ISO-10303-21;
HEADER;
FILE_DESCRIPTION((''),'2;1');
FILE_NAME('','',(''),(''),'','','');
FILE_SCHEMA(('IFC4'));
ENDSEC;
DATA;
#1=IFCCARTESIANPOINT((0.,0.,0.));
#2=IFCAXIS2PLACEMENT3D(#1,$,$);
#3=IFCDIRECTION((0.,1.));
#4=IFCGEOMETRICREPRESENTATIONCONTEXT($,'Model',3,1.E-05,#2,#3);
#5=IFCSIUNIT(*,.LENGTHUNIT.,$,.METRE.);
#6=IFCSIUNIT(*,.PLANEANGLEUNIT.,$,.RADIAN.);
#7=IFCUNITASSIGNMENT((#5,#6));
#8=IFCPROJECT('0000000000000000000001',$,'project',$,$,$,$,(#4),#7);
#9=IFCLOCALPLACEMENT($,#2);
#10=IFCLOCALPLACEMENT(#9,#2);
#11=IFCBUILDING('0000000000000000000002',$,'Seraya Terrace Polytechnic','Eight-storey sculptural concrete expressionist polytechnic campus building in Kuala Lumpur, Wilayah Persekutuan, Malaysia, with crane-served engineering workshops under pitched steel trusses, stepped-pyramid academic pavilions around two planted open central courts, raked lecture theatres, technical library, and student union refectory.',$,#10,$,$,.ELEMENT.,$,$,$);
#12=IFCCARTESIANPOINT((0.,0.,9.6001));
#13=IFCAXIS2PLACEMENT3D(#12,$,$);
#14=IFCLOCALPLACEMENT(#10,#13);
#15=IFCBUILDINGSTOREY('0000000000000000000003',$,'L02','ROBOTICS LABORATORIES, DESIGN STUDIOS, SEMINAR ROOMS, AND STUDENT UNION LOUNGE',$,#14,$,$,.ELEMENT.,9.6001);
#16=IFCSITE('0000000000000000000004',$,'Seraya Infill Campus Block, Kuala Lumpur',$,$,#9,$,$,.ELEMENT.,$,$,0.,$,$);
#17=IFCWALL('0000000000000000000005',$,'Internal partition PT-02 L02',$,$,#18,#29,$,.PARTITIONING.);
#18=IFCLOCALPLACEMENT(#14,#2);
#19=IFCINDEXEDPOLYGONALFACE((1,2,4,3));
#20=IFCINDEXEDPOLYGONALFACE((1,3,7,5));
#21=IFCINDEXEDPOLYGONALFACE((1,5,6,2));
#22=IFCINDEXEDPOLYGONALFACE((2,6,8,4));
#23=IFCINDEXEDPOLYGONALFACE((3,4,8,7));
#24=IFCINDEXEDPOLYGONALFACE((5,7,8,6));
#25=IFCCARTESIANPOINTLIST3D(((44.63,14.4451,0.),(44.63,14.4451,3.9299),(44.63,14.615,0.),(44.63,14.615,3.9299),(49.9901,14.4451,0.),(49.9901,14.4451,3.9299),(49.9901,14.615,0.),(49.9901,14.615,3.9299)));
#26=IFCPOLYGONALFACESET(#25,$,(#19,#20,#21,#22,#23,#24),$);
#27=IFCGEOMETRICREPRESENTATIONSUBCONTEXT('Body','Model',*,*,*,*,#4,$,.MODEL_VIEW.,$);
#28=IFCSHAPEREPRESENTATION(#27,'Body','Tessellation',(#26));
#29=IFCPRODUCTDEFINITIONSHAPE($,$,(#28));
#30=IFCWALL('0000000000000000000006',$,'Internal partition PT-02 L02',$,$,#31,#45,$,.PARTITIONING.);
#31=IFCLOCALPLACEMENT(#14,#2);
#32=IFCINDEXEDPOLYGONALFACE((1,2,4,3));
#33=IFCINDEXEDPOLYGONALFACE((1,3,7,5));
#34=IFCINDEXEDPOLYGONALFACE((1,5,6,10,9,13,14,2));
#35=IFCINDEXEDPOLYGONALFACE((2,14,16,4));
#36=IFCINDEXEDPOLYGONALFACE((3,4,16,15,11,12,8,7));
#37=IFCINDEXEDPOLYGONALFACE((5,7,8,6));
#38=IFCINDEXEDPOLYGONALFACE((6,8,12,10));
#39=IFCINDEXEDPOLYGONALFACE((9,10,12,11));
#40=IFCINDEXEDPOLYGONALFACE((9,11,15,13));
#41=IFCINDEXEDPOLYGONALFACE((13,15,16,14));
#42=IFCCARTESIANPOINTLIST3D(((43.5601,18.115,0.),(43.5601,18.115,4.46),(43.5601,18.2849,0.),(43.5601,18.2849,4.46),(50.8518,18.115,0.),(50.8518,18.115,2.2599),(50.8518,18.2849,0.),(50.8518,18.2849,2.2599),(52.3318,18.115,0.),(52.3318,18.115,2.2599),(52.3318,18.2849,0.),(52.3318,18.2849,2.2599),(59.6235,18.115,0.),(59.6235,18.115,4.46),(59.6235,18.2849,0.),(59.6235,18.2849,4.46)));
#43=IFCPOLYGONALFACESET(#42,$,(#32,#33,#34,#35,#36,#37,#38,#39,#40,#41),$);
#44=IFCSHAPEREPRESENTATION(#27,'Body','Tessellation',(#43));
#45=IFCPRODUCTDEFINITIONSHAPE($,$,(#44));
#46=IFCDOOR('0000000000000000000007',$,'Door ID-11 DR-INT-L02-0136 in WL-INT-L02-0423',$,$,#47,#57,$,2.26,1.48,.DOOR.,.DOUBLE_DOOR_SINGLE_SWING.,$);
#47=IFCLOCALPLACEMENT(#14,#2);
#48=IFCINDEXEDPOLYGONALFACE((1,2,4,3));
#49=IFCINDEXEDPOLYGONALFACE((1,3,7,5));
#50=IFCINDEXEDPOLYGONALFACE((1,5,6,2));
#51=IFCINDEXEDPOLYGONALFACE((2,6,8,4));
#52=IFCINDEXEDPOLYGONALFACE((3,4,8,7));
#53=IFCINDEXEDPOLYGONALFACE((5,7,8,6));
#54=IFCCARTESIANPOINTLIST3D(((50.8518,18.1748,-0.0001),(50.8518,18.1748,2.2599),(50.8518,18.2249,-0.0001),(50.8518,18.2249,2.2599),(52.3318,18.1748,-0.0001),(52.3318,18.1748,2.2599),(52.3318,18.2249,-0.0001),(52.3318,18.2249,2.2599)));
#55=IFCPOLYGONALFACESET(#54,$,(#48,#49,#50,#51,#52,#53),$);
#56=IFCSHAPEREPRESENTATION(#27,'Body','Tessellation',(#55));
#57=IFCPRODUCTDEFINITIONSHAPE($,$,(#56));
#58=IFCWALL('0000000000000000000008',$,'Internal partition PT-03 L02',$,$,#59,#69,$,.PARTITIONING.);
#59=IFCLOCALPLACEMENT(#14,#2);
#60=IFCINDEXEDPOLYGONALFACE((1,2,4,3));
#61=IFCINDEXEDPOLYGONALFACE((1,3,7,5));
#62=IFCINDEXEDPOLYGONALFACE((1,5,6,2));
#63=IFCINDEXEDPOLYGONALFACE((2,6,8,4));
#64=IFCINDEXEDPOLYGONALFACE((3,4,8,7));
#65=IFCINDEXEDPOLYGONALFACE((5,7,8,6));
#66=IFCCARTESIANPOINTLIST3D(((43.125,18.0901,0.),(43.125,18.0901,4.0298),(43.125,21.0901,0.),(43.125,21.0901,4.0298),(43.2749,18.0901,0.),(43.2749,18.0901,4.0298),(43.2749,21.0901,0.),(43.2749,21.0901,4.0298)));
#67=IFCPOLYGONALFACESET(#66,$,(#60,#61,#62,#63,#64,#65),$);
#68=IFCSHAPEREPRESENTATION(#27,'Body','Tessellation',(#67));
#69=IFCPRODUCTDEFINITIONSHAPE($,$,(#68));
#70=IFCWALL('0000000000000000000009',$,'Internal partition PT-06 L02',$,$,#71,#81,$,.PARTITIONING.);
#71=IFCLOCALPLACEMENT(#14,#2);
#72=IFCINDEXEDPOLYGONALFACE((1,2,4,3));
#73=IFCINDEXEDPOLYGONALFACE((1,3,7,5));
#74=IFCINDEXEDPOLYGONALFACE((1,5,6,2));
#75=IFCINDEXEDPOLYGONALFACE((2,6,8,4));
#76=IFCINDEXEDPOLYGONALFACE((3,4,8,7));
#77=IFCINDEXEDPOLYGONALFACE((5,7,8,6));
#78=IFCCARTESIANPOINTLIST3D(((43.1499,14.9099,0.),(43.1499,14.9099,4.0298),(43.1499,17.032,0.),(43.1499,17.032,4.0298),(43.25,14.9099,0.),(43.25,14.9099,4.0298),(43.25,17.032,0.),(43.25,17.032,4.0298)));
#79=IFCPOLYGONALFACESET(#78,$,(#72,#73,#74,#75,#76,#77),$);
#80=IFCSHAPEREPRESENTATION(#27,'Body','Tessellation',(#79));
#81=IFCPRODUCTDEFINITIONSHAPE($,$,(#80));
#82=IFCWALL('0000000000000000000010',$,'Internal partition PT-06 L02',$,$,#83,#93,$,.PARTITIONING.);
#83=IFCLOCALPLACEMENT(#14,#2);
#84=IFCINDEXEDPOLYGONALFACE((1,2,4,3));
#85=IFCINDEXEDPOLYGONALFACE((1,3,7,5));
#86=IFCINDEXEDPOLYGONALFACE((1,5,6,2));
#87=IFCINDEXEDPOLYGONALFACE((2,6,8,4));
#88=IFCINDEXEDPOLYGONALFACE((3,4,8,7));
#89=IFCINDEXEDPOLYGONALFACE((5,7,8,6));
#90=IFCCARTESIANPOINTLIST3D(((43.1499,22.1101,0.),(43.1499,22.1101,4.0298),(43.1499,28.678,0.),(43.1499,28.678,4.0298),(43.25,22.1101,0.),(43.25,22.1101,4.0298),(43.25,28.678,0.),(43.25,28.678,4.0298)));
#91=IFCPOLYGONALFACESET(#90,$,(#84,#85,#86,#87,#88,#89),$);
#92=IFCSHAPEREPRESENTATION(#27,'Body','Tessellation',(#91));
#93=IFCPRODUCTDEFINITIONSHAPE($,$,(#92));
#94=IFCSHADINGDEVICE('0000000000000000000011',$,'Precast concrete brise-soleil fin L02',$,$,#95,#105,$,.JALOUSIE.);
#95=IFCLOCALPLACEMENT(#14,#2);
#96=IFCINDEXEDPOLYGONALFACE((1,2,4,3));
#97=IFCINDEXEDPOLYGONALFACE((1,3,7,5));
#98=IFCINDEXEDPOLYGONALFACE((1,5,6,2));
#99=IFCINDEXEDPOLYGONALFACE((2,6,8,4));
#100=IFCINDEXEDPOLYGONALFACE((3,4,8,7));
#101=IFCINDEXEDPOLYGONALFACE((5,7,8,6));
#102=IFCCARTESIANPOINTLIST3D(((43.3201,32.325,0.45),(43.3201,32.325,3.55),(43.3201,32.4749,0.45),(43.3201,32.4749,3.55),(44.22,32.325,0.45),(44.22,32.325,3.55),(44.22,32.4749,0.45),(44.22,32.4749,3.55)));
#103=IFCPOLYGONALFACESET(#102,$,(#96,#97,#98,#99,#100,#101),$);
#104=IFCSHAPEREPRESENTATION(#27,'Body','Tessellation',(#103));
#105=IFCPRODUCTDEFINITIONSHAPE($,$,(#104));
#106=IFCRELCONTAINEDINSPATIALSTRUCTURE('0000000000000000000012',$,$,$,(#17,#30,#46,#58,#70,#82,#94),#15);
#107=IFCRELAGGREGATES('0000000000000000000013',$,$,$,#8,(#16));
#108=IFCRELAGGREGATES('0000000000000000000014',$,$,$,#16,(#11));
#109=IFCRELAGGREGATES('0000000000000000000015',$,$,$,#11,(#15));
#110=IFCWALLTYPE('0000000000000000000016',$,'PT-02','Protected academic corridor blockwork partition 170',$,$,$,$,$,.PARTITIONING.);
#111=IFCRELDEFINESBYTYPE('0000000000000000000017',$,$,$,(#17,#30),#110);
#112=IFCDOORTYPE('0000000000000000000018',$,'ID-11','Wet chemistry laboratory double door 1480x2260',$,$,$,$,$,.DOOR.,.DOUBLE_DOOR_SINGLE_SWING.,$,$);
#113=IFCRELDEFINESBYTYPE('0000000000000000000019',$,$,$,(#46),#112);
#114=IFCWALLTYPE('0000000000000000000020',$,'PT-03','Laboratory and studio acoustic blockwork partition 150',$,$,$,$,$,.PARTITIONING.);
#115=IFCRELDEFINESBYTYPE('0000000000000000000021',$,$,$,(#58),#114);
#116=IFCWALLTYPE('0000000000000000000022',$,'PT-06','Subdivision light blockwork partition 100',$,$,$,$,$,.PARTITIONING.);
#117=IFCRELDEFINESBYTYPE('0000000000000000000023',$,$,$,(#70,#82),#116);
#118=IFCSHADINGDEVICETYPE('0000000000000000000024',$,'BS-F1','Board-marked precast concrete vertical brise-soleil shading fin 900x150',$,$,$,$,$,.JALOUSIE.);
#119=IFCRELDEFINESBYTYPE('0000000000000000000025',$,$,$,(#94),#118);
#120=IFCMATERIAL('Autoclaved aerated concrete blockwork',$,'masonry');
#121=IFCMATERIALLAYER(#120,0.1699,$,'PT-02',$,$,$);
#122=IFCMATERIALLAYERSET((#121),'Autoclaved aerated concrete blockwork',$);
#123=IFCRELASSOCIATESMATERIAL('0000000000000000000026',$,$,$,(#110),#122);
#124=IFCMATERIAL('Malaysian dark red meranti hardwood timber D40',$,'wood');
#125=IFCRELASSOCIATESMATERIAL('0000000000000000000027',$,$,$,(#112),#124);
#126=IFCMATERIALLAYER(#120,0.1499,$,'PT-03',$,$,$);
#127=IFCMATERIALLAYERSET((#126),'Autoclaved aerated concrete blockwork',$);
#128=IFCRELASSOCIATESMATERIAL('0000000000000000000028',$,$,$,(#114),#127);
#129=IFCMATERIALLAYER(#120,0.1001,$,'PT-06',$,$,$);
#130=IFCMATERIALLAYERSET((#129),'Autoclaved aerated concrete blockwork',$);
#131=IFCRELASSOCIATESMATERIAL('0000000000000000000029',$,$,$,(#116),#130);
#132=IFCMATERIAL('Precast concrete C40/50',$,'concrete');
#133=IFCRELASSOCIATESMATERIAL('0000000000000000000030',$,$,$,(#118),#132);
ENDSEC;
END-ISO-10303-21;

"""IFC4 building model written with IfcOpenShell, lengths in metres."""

from ifc_helpers import new_model, si_unit, direction, frame, frame_2d, origin, origin_2d, place, context, subcontext, project, spatial, rectangle, extrude, material, layer, layer_set, type_object, element, fill, save


model = new_model("IFC4")

# Units and contexts
model_context = context("Model", 3, precision=1e-05, world=origin(), true_north=direction((0.0, 1.0)))
body_context = subcontext(model_context, "Body", "Model", "MODEL_VIEW")
ifc_project = project(units=[si_unit("LENGTHUNIT", "METRE"), si_unit("PLANEANGLEUNIT", "RADIAN")], contexts=[model_context])

# Site, building, storey
site_placement = place(None, origin())
site = spatial("IfcSite", under=ifc_project, at=site_placement, Name="Seraya Infill Campus Block, Kuala Lumpur", CompositionType="ELEMENT", RefElevation=0.0)
building_placement = place(site_placement, origin())
building = spatial("IfcBuilding", under=site, at=building_placement, Name="Seraya Terrace Polytechnic", Description="Eight-storey sculptural concrete expressionist polytechnic campus building in Kuala Lumpur, Wilayah Persekutuan, Malaysia, with crane-served engineering workshops under pitched steel trusses, stepped-pyramid academic pavilions around two planted open central courts, raked lecture theatres, technical library, and student union refectory.", CompositionType="ELEMENT")
storey_placement = place(building_placement, frame((0.0, 0.0, 9.6001)))
storey = spatial("IfcBuildingStorey", under=building, at=storey_placement, Name="L02", Description="ROBOTICS LABORATORIES, DESIGN STUDIOS, SEMINAR ROOMS, AND STUDENT UNION LOUNGE", CompositionType="ELEMENT", Elevation=9.6001)

# Wall
ifc_material_1 = material(Name="Autoclaved aerated concrete blockwork", Category="masonry")
ifc_layer_1 = layer(ifc_material_1, 0.1699, Name="PT-02")
ifc_layer_set_1 = layer_set([ifc_layer_1], Name="Autoclaved aerated concrete blockwork")
wall_type_1 = type_object("IfcWallType", Name="PT-02", Description="Protected academic corridor blockwork partition 170", PredefinedType="PARTITIONING", material=ifc_layer_set_1)
wall_1_placement = place(storey_placement, frame((44.6299, 14.53, 0.0), z_axis=(0.0, 0.0, 1.0), x_axis=(1.0, 0.0, 0.0)))
element("IfcWall", 1, at=wall_1_placement, inside=storey, type_object=wall_type_1, Name="Internal partition PT-02 L02", PredefinedType="PARTITIONING", context=body_context, shape_type="SweptSolid", body=[
    extrude(rectangle(XDim=5.3601, YDim=0.1699, at=frame_2d((2.6802, 0.0))), origin(), (0.0, 0.0, 1.0), 3.9299),
])

# Wall, opening, door
wall_2_placement = place(storey_placement, frame((43.5601, 18.2, 0.0), z_axis=(0.0, 0.0, 1.0), x_axis=(1.0, 0.0, 0.0)))
wall_2 = element("IfcWall", 2, at=wall_2_placement, inside=storey, type_object=wall_type_1, Name="Internal partition PT-02 L02", PredefinedType="PARTITIONING", context=body_context, shape_type="SweptSolid", body=[
    extrude(rectangle(XDim=16.0635, YDim=0.1699, at=frame_2d((8.0317, 0.0))), origin(), (0.0, 0.0, 1.0), 4.46),
])
opening_placement = place(wall_2_placement, frame((7.2917, 0.0, 0.0)))
opening = element("IfcOpeningElement", 3, at=opening_placement, cuts=wall_2, PredefinedType="OPENING", context=body_context, shape_type="SweptSolid", body=[
    extrude(rectangle(XDim=1.48, YDim=2.26, at=frame_2d((0.74, 1.1299))), frame((0.0, 0.0969, 0.0), z_axis=(0.0, -1.0, 0.0), x_axis=(1.0, 0.0, 0.0)), (0.0, 0.0, 1.0), 0.1938),
])
ifc_material_2 = material(Name="Malaysian dark red meranti hardwood timber D40", Category="wood")
door_type = type_object("IfcDoorType", Name="ID-11", Description="Wet chemistry laboratory double door 1480x2260", OperationType="DOUBLE_DOOR_SINGLE_SWING", PredefinedType="DOOR", material=ifc_material_2)
door_placement = place(opening_placement, origin())
door = element("IfcDoor", 4, at=door_placement, inside=storey, type_object=door_type, Name="Door ID-11 DR-INT-L02-0136 in WL-INT-L02-0423", OperationType="DOUBLE_DOOR_SINGLE_SWING", OverallHeight=2.26, OverallWidth=1.48, PredefinedType="DOOR", context=body_context, shape_type="SweptSolid", body=[
    extrude(rectangle(XDim=1.48, YDim=2.26, at=frame_2d((0.74, 1.1299))), frame((0.0, 0.0249, 0.0), z_axis=(0.0, -1.0, 0.0), x_axis=(1.0, 0.0, 0.0)), (0.0, 0.0, 1.0), 0.05),
])
fill(opening, door)

# Walls
ifc_layer_2 = layer(ifc_material_1, 0.1499, Name="PT-03")
ifc_layer_set_2 = layer_set([ifc_layer_2], Name="Autoclaved aerated concrete blockwork")
wall_type_2 = type_object("IfcWallType", Name="PT-03", Description="Laboratory and studio acoustic blockwork partition 150", PredefinedType="PARTITIONING", material=ifc_layer_set_2)
wall_3_placement = place(storey_placement, frame((43.2, 18.0901, 0.0), z_axis=(0.0, 0.0, 1.0), x_axis=(0.0, 1.0, 0.0)))
element("IfcWall", 5, at=wall_3_placement, inside=storey, type_object=wall_type_2, Name="Internal partition PT-03 L02", PredefinedType="PARTITIONING", context=body_context, shape_type="SweptSolid", body=[
    extrude(rectangle(XDim=3.0, YDim=0.1499, at=frame_2d((1.5, 0.0))), origin(), (0.0, 0.0, 1.0), 4.0298),
])
ifc_layer_3 = layer(ifc_material_1, 0.1001, Name="PT-06")
ifc_layer_set_3 = layer_set([ifc_layer_3], Name="Autoclaved aerated concrete blockwork")
wall_type_3 = type_object("IfcWallType", Name="PT-06", Description="Subdivision light blockwork partition 100", PredefinedType="PARTITIONING", material=ifc_layer_set_3)
wall_4_placement = place(storey_placement, frame((43.2, 14.9099, 0.0), z_axis=(0.0, 0.0, 1.0), x_axis=(0.0, 1.0, 0.0)))
element("IfcWall", 6, at=wall_4_placement, inside=storey, type_object=wall_type_3, Name="Internal partition PT-06 L02", PredefinedType="PARTITIONING", context=body_context, shape_type="SweptSolid", body=[
    extrude(rectangle(XDim=2.1221, YDim=0.1001, at=frame_2d((1.061, 0.0))), origin(), (0.0, 0.0, 1.0), 4.0298),
])
wall_5_placement = place(storey_placement, frame((43.2, 22.1101, 0.0), z_axis=(0.0, 0.0, 1.0), x_axis=(0.0, 1.0, 0.0)))
element("IfcWall", 7, at=wall_5_placement, inside=storey, type_object=wall_type_3, Name="Internal partition PT-06 L02", PredefinedType="PARTITIONING", context=body_context, shape_type="SweptSolid", body=[
    extrude(rectangle(XDim=6.5679, YDim=0.1001, at=frame_2d((3.2839, 0.0))), origin(), (0.0, 0.0, 1.0), 4.0298),
])

# Shading device
ifc_material_3 = material(Name="Precast concrete C40/50", Category="concrete")
shading_device_type = type_object("IfcShadingDeviceType", Name="BS-F1", Description="Board-marked precast concrete vertical brise-soleil shading fin 900x150", PredefinedType="JALOUSIE", material=ifc_material_3)
shading_device_placement = place(storey_placement, frame((43.77, 32.3999, 0.45), z_axis=(0.0, 0.0, 1.0), x_axis=(1.0, 0.0, 0.0)))
element("IfcShadingDevice", 8, at=shading_device_placement, inside=storey, type_object=shading_device_type, Name="Precast concrete brise-soleil fin L02", PredefinedType="JALOUSIE", context=body_context, shape_type="SweptSolid", body=[
    extrude(rectangle(XDim=0.8999, YDim=0.1499, at=origin_2d()), origin(), (0.0, 0.0, 1.0), 3.1001),
])

save(model, "model.ifc")
